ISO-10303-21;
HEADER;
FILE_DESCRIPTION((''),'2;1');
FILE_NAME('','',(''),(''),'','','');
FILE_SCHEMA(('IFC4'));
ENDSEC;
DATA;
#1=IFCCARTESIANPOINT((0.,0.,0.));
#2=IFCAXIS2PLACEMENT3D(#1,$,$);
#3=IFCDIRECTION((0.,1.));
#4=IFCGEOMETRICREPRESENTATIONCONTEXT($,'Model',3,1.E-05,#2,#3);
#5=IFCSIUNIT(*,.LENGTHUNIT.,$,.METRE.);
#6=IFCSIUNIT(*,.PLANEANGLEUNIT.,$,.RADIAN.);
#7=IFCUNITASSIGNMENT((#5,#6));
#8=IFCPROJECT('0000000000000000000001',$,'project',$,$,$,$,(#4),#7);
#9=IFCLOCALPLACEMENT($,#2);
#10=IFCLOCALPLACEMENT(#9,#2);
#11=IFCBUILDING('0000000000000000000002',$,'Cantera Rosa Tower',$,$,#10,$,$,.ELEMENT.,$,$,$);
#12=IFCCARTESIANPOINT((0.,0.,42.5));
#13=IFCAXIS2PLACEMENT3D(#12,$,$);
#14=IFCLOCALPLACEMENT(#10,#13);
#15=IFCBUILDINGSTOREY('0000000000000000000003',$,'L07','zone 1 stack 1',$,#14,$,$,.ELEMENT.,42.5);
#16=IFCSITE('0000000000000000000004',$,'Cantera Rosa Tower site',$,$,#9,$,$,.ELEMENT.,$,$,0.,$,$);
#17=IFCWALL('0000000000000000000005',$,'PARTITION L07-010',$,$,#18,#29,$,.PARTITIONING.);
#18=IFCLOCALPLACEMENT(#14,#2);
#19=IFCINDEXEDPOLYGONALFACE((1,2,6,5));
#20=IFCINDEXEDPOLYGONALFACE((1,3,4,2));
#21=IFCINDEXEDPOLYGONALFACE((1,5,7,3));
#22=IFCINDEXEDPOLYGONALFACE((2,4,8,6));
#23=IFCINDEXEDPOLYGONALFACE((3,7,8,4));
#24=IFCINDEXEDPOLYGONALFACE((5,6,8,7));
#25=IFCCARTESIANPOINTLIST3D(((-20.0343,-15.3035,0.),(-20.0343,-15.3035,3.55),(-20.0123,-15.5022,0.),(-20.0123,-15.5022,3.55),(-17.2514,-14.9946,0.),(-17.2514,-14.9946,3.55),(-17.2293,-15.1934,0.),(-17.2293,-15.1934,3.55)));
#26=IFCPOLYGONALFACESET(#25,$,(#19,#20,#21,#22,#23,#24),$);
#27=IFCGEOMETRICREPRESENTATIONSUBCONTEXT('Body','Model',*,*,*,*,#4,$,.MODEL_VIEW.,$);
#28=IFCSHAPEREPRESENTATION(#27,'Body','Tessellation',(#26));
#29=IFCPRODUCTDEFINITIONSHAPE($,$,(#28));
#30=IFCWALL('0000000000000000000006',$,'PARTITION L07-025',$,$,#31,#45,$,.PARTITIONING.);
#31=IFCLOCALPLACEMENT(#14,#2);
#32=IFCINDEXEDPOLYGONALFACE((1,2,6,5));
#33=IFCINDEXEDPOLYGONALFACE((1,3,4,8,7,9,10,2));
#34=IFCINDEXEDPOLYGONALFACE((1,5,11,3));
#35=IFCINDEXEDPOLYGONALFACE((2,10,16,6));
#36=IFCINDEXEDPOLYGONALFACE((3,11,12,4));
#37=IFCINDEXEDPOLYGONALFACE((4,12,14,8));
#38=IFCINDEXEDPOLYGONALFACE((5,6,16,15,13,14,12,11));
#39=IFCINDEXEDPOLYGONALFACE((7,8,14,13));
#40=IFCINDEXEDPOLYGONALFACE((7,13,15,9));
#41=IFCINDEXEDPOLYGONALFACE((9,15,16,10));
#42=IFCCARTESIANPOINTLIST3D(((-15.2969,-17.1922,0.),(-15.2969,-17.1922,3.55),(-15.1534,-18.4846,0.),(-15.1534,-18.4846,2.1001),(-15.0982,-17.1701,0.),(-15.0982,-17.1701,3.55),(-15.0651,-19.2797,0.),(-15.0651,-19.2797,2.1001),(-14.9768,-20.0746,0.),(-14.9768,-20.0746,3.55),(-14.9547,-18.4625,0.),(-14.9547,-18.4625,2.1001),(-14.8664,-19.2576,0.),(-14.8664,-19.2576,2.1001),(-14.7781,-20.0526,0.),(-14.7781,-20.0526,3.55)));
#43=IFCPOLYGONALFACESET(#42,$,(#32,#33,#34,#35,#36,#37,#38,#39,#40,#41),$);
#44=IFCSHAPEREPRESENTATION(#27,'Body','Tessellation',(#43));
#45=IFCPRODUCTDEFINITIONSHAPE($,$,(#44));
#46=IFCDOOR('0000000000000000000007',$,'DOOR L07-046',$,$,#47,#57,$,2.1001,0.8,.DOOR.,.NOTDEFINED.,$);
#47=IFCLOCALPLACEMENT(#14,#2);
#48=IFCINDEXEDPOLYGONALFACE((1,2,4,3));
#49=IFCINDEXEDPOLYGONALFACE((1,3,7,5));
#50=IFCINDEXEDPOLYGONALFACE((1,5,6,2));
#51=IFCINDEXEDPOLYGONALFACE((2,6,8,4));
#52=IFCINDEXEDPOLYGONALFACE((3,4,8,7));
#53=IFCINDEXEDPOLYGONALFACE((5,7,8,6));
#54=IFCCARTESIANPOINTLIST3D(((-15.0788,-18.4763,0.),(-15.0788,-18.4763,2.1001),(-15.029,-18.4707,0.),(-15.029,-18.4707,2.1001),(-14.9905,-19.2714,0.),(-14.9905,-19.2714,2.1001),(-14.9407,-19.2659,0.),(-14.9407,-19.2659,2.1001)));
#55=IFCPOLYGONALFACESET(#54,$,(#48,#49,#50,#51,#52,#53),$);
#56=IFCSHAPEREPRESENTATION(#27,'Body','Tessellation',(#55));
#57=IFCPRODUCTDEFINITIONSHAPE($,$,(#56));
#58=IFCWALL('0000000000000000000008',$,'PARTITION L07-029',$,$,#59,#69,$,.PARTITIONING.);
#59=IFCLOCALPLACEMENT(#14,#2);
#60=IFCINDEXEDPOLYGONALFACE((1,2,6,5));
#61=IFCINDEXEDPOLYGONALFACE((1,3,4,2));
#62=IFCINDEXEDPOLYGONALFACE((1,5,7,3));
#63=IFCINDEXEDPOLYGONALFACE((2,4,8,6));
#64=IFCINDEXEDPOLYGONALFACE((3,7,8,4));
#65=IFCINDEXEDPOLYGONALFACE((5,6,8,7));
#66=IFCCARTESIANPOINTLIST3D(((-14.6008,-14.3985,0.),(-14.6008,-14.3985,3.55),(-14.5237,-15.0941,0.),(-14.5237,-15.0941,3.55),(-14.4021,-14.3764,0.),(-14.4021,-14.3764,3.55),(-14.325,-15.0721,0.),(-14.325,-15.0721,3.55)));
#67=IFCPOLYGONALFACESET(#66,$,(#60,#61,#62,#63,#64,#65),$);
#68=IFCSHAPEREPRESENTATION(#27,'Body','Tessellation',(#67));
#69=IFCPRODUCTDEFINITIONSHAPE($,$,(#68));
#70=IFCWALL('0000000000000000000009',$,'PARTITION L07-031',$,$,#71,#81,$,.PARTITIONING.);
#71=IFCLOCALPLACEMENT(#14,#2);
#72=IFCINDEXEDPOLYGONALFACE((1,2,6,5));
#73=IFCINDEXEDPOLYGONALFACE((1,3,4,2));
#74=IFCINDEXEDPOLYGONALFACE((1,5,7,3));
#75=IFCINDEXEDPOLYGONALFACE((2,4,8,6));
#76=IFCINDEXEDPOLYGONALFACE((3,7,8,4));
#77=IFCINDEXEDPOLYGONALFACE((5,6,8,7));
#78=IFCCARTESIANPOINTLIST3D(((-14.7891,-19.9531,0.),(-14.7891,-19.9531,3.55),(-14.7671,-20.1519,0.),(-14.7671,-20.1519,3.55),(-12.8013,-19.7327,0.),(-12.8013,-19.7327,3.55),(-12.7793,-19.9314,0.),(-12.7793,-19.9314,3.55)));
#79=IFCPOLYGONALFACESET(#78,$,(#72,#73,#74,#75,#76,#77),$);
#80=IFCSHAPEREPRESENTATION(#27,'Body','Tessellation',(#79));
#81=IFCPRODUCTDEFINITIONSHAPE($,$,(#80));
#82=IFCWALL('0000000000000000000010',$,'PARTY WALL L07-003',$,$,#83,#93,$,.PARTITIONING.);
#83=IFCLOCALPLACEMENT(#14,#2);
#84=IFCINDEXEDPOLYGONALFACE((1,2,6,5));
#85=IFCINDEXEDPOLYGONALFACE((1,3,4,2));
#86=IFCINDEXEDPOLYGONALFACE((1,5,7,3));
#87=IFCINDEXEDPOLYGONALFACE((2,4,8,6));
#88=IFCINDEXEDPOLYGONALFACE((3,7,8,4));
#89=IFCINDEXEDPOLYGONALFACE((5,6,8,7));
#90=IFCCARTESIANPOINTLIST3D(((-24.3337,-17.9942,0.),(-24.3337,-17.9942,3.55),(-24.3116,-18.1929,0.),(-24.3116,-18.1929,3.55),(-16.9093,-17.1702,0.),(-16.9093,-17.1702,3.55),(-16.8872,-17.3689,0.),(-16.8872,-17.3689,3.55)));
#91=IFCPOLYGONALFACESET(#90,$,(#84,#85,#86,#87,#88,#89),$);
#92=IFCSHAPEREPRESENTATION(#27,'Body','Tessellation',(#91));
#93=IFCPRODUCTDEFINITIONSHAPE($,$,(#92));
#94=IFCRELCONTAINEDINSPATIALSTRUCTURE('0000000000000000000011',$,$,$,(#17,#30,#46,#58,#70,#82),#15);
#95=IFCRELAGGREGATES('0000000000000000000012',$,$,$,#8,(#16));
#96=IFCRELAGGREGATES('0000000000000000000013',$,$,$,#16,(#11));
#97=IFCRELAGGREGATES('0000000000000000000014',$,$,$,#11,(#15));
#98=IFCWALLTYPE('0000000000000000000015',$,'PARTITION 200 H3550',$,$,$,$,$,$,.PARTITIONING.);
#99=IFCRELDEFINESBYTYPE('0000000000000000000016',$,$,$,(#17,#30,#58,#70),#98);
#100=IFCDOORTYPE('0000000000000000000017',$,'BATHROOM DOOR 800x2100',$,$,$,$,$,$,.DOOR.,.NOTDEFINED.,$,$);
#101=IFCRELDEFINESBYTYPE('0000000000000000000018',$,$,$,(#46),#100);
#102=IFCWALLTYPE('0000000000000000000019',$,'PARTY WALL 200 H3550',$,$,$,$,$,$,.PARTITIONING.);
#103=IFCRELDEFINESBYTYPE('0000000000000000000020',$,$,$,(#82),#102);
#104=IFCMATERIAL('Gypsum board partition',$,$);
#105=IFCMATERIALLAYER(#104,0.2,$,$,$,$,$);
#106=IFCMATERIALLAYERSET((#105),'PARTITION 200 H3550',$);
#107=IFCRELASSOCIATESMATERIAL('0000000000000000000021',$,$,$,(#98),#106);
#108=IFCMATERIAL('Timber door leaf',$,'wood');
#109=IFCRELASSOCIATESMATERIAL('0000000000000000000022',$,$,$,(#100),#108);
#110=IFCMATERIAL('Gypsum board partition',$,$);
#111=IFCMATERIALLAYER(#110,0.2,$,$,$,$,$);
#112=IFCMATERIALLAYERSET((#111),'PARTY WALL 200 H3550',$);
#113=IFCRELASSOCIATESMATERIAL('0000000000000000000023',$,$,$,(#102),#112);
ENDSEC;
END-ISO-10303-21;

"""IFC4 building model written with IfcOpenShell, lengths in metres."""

from ifc_helpers import new_model, si_unit, direction, frame, frame_2d, origin, place, context, subcontext, project, spatial, rectangle, extrude, material, layer, layer_set, type_object, element, fill, save


model = new_model("IFC4")

# Units and contexts
model_context = context("Model", 3, precision=1e-05, world=origin(), true_north=direction((0.0, 1.0)))
body_context = subcontext(model_context, "Body", "Model", "MODEL_VIEW")
ifc_project = project(units=[si_unit("LENGTHUNIT", "METRE"), si_unit("PLANEANGLEUNIT", "RADIAN")], contexts=[model_context])

# Site, building, storey
site_placement = place(None, origin())
site = spatial("IfcSite", under=ifc_project, at=site_placement, Name="Cantera Rosa Tower site", CompositionType="ELEMENT", RefElevation=0.0)
building_placement = place(site_placement, origin())
building = spatial("IfcBuilding", under=site, at=building_placement, Name="Cantera Rosa Tower", CompositionType="ELEMENT")
storey_placement = place(building_placement, frame((0.0, 0.0, 42.5)))
storey = spatial("IfcBuildingStorey", under=building, at=storey_placement, Name="L07", Description="zone 1 stack 1", CompositionType="ELEMENT", Elevation=42.5)

# Wall
ifc_material_1 = material(Name="Gypsum board partition")
ifc_layer_1 = layer(ifc_material_1, 0.2)
ifc_layer_set_1 = layer_set([ifc_layer_1], Name="PARTITION 200 H3550")
wall_type_1 = type_object("IfcWallType", Name="PARTITION 200 H3550", PredefinedType="PARTITIONING", material=ifc_layer_set_1)
wall_1_placement = place(storey_placement, frame((-20.0232, -15.4028, 0.0), z_axis=(0.0, 0.0, 1.0), x_axis=(0.993899, 0.110298, 0.0)))
element("IfcWall", 1, at=wall_1_placement, inside=storey, type_object=wall_type_1, Name="PARTITION L07-010", PredefinedType="PARTITIONING", context=body_context, shape_type="SweptSolid", body=[
    extrude(rectangle(XDim=2.8, YDim=0.2, at=frame_2d((1.3999, 0.0))), origin(), (0.0, 0.0, 1.0), 3.55),
])

# Wall, opening, door
wall_2_placement = place(storey_placement, frame((-14.8774, -20.0637, 0.0), z_axis=(0.0, 0.0, 1.0), x_axis=(-0.110367, 0.993891, 0.0)))
wall_2 = element("IfcWall", 2, at=wall_2_placement, inside=storey, type_object=wall_type_1, Name="PARTITION L07-025", PredefinedType="PARTITIONING", context=body_context, shape_type="SweptSolid", body=[
    extrude(rectangle(XDim=2.9001, YDim=0.2, at=frame_2d((1.4502, 0.0))), origin(), (0.0, 0.0, 1.0), 3.55),
])
opening_1_placement = place(wall_2_placement, frame((0.8, 0.0, 0.0)))
opening_1 = element("IfcOpeningElement", 3, at=opening_1_placement, cuts=wall_2, PredefinedType="OPENING", context=body_context, shape_type="SweptSolid", body=[
    extrude(rectangle(XDim=0.8, YDim=2.1001, at=frame_2d((0.3999, 1.05))), frame((0.0, 0.1099, 0.0), z_axis=(0.0, -1.0, 0.0), x_axis=(1.0, 0.0, 0.0)), (0.0, 0.0, 1.0), 0.22),
])
ifc_material_2 = material(Name="Timber door leaf", Category="wood")
door_type_1 = type_object("IfcDoorType", Name="BATHROOM DOOR 800x2100", OperationType="NOTDEFINED", PredefinedType="DOOR", material=ifc_material_2)
door_1_placement = place(opening_1_placement, origin())
door_1 = element("IfcDoor", 4, at=door_1_placement, inside=storey, type_object=door_type_1, Name="DOOR L07-046", OperationType="NOTDEFINED", OverallHeight=2.1001, OverallWidth=0.8, PredefinedType="DOOR", context=body_context, shape_type="SweptSolid", body=[
    extrude(rectangle(XDim=0.8, YDim=2.1001, at=frame_2d((0.3999, 1.05))), frame((0.0, 0.0249, 0.0), z_axis=(0.0, -1.0, 0.0), x_axis=(1.0, 0.0, 0.0)), (0.0, 0.0, 1.0), 0.05),
])
fill(opening_1, door_1)

# Walls
wall_3_placement = place(storey_placement, frame((-14.4243, -15.0833, 0.0), z_axis=(0.0, 0.0, 1.0), x_axis=(-0.110202, 0.993909, 0.0)))
element("IfcWall", 5, at=wall_3_placement, inside=storey, type_object=wall_type_1, Name="PARTITION L07-029", PredefinedType="PARTITIONING", context=body_context, shape_type="SweptSolid", body=[
    extrude(rectangle(XDim=0.7, YDim=0.2, at=frame_2d((0.3501, 0.0))), origin(), (0.0, 0.0, 1.0), 3.55),
])
wall_4_placement = place(storey_placement, frame((-12.7903, -19.832, 0.0), z_axis=(0.0, 0.0, 1.0), x_axis=(-0.993906, -0.110231, 0.0)))
element("IfcWall", 6, at=wall_4_placement, inside=storey, type_object=wall_type_1, Name="PARTITION L07-031", PredefinedType="PARTITIONING", context=body_context, shape_type="SweptSolid", body=[
    extrude(rectangle(XDim=2.0, YDim=0.2, at=frame_2d((1.0, 0.0))), origin(), (0.0, 0.0, 1.0), 3.55),
])
ifc_material_3 = material(Name="Gypsum board partition")
ifc_layer_2 = layer(ifc_material_3, 0.2)
ifc_layer_set_2 = layer_set([ifc_layer_2], Name="PARTY WALL 200 H3550")
wall_type_2 = type_object("IfcWallType", Name="PARTY WALL 200 H3550", PredefinedType="PARTITIONING", material=ifc_layer_set_2)
wall_5_placement = place(storey_placement, frame((-24.3225, -18.0935, 0.0), z_axis=(0.0, 0.0, 1.0), x_axis=(0.993898, 0.110306, 0.0)))
element("IfcWall", 7, at=wall_5_placement, inside=storey, type_object=wall_type_2, Name="PARTY WALL L07-003", PredefinedType="PARTITIONING", context=body_context, shape_type="SweptSolid", body=[
    extrude(rectangle(XDim=7.47, YDim=0.2, at=frame_2d((3.7349, 0.0))), origin(), (0.0, 0.0, 1.0), 3.55),
])

save(model, "model.ifc")
